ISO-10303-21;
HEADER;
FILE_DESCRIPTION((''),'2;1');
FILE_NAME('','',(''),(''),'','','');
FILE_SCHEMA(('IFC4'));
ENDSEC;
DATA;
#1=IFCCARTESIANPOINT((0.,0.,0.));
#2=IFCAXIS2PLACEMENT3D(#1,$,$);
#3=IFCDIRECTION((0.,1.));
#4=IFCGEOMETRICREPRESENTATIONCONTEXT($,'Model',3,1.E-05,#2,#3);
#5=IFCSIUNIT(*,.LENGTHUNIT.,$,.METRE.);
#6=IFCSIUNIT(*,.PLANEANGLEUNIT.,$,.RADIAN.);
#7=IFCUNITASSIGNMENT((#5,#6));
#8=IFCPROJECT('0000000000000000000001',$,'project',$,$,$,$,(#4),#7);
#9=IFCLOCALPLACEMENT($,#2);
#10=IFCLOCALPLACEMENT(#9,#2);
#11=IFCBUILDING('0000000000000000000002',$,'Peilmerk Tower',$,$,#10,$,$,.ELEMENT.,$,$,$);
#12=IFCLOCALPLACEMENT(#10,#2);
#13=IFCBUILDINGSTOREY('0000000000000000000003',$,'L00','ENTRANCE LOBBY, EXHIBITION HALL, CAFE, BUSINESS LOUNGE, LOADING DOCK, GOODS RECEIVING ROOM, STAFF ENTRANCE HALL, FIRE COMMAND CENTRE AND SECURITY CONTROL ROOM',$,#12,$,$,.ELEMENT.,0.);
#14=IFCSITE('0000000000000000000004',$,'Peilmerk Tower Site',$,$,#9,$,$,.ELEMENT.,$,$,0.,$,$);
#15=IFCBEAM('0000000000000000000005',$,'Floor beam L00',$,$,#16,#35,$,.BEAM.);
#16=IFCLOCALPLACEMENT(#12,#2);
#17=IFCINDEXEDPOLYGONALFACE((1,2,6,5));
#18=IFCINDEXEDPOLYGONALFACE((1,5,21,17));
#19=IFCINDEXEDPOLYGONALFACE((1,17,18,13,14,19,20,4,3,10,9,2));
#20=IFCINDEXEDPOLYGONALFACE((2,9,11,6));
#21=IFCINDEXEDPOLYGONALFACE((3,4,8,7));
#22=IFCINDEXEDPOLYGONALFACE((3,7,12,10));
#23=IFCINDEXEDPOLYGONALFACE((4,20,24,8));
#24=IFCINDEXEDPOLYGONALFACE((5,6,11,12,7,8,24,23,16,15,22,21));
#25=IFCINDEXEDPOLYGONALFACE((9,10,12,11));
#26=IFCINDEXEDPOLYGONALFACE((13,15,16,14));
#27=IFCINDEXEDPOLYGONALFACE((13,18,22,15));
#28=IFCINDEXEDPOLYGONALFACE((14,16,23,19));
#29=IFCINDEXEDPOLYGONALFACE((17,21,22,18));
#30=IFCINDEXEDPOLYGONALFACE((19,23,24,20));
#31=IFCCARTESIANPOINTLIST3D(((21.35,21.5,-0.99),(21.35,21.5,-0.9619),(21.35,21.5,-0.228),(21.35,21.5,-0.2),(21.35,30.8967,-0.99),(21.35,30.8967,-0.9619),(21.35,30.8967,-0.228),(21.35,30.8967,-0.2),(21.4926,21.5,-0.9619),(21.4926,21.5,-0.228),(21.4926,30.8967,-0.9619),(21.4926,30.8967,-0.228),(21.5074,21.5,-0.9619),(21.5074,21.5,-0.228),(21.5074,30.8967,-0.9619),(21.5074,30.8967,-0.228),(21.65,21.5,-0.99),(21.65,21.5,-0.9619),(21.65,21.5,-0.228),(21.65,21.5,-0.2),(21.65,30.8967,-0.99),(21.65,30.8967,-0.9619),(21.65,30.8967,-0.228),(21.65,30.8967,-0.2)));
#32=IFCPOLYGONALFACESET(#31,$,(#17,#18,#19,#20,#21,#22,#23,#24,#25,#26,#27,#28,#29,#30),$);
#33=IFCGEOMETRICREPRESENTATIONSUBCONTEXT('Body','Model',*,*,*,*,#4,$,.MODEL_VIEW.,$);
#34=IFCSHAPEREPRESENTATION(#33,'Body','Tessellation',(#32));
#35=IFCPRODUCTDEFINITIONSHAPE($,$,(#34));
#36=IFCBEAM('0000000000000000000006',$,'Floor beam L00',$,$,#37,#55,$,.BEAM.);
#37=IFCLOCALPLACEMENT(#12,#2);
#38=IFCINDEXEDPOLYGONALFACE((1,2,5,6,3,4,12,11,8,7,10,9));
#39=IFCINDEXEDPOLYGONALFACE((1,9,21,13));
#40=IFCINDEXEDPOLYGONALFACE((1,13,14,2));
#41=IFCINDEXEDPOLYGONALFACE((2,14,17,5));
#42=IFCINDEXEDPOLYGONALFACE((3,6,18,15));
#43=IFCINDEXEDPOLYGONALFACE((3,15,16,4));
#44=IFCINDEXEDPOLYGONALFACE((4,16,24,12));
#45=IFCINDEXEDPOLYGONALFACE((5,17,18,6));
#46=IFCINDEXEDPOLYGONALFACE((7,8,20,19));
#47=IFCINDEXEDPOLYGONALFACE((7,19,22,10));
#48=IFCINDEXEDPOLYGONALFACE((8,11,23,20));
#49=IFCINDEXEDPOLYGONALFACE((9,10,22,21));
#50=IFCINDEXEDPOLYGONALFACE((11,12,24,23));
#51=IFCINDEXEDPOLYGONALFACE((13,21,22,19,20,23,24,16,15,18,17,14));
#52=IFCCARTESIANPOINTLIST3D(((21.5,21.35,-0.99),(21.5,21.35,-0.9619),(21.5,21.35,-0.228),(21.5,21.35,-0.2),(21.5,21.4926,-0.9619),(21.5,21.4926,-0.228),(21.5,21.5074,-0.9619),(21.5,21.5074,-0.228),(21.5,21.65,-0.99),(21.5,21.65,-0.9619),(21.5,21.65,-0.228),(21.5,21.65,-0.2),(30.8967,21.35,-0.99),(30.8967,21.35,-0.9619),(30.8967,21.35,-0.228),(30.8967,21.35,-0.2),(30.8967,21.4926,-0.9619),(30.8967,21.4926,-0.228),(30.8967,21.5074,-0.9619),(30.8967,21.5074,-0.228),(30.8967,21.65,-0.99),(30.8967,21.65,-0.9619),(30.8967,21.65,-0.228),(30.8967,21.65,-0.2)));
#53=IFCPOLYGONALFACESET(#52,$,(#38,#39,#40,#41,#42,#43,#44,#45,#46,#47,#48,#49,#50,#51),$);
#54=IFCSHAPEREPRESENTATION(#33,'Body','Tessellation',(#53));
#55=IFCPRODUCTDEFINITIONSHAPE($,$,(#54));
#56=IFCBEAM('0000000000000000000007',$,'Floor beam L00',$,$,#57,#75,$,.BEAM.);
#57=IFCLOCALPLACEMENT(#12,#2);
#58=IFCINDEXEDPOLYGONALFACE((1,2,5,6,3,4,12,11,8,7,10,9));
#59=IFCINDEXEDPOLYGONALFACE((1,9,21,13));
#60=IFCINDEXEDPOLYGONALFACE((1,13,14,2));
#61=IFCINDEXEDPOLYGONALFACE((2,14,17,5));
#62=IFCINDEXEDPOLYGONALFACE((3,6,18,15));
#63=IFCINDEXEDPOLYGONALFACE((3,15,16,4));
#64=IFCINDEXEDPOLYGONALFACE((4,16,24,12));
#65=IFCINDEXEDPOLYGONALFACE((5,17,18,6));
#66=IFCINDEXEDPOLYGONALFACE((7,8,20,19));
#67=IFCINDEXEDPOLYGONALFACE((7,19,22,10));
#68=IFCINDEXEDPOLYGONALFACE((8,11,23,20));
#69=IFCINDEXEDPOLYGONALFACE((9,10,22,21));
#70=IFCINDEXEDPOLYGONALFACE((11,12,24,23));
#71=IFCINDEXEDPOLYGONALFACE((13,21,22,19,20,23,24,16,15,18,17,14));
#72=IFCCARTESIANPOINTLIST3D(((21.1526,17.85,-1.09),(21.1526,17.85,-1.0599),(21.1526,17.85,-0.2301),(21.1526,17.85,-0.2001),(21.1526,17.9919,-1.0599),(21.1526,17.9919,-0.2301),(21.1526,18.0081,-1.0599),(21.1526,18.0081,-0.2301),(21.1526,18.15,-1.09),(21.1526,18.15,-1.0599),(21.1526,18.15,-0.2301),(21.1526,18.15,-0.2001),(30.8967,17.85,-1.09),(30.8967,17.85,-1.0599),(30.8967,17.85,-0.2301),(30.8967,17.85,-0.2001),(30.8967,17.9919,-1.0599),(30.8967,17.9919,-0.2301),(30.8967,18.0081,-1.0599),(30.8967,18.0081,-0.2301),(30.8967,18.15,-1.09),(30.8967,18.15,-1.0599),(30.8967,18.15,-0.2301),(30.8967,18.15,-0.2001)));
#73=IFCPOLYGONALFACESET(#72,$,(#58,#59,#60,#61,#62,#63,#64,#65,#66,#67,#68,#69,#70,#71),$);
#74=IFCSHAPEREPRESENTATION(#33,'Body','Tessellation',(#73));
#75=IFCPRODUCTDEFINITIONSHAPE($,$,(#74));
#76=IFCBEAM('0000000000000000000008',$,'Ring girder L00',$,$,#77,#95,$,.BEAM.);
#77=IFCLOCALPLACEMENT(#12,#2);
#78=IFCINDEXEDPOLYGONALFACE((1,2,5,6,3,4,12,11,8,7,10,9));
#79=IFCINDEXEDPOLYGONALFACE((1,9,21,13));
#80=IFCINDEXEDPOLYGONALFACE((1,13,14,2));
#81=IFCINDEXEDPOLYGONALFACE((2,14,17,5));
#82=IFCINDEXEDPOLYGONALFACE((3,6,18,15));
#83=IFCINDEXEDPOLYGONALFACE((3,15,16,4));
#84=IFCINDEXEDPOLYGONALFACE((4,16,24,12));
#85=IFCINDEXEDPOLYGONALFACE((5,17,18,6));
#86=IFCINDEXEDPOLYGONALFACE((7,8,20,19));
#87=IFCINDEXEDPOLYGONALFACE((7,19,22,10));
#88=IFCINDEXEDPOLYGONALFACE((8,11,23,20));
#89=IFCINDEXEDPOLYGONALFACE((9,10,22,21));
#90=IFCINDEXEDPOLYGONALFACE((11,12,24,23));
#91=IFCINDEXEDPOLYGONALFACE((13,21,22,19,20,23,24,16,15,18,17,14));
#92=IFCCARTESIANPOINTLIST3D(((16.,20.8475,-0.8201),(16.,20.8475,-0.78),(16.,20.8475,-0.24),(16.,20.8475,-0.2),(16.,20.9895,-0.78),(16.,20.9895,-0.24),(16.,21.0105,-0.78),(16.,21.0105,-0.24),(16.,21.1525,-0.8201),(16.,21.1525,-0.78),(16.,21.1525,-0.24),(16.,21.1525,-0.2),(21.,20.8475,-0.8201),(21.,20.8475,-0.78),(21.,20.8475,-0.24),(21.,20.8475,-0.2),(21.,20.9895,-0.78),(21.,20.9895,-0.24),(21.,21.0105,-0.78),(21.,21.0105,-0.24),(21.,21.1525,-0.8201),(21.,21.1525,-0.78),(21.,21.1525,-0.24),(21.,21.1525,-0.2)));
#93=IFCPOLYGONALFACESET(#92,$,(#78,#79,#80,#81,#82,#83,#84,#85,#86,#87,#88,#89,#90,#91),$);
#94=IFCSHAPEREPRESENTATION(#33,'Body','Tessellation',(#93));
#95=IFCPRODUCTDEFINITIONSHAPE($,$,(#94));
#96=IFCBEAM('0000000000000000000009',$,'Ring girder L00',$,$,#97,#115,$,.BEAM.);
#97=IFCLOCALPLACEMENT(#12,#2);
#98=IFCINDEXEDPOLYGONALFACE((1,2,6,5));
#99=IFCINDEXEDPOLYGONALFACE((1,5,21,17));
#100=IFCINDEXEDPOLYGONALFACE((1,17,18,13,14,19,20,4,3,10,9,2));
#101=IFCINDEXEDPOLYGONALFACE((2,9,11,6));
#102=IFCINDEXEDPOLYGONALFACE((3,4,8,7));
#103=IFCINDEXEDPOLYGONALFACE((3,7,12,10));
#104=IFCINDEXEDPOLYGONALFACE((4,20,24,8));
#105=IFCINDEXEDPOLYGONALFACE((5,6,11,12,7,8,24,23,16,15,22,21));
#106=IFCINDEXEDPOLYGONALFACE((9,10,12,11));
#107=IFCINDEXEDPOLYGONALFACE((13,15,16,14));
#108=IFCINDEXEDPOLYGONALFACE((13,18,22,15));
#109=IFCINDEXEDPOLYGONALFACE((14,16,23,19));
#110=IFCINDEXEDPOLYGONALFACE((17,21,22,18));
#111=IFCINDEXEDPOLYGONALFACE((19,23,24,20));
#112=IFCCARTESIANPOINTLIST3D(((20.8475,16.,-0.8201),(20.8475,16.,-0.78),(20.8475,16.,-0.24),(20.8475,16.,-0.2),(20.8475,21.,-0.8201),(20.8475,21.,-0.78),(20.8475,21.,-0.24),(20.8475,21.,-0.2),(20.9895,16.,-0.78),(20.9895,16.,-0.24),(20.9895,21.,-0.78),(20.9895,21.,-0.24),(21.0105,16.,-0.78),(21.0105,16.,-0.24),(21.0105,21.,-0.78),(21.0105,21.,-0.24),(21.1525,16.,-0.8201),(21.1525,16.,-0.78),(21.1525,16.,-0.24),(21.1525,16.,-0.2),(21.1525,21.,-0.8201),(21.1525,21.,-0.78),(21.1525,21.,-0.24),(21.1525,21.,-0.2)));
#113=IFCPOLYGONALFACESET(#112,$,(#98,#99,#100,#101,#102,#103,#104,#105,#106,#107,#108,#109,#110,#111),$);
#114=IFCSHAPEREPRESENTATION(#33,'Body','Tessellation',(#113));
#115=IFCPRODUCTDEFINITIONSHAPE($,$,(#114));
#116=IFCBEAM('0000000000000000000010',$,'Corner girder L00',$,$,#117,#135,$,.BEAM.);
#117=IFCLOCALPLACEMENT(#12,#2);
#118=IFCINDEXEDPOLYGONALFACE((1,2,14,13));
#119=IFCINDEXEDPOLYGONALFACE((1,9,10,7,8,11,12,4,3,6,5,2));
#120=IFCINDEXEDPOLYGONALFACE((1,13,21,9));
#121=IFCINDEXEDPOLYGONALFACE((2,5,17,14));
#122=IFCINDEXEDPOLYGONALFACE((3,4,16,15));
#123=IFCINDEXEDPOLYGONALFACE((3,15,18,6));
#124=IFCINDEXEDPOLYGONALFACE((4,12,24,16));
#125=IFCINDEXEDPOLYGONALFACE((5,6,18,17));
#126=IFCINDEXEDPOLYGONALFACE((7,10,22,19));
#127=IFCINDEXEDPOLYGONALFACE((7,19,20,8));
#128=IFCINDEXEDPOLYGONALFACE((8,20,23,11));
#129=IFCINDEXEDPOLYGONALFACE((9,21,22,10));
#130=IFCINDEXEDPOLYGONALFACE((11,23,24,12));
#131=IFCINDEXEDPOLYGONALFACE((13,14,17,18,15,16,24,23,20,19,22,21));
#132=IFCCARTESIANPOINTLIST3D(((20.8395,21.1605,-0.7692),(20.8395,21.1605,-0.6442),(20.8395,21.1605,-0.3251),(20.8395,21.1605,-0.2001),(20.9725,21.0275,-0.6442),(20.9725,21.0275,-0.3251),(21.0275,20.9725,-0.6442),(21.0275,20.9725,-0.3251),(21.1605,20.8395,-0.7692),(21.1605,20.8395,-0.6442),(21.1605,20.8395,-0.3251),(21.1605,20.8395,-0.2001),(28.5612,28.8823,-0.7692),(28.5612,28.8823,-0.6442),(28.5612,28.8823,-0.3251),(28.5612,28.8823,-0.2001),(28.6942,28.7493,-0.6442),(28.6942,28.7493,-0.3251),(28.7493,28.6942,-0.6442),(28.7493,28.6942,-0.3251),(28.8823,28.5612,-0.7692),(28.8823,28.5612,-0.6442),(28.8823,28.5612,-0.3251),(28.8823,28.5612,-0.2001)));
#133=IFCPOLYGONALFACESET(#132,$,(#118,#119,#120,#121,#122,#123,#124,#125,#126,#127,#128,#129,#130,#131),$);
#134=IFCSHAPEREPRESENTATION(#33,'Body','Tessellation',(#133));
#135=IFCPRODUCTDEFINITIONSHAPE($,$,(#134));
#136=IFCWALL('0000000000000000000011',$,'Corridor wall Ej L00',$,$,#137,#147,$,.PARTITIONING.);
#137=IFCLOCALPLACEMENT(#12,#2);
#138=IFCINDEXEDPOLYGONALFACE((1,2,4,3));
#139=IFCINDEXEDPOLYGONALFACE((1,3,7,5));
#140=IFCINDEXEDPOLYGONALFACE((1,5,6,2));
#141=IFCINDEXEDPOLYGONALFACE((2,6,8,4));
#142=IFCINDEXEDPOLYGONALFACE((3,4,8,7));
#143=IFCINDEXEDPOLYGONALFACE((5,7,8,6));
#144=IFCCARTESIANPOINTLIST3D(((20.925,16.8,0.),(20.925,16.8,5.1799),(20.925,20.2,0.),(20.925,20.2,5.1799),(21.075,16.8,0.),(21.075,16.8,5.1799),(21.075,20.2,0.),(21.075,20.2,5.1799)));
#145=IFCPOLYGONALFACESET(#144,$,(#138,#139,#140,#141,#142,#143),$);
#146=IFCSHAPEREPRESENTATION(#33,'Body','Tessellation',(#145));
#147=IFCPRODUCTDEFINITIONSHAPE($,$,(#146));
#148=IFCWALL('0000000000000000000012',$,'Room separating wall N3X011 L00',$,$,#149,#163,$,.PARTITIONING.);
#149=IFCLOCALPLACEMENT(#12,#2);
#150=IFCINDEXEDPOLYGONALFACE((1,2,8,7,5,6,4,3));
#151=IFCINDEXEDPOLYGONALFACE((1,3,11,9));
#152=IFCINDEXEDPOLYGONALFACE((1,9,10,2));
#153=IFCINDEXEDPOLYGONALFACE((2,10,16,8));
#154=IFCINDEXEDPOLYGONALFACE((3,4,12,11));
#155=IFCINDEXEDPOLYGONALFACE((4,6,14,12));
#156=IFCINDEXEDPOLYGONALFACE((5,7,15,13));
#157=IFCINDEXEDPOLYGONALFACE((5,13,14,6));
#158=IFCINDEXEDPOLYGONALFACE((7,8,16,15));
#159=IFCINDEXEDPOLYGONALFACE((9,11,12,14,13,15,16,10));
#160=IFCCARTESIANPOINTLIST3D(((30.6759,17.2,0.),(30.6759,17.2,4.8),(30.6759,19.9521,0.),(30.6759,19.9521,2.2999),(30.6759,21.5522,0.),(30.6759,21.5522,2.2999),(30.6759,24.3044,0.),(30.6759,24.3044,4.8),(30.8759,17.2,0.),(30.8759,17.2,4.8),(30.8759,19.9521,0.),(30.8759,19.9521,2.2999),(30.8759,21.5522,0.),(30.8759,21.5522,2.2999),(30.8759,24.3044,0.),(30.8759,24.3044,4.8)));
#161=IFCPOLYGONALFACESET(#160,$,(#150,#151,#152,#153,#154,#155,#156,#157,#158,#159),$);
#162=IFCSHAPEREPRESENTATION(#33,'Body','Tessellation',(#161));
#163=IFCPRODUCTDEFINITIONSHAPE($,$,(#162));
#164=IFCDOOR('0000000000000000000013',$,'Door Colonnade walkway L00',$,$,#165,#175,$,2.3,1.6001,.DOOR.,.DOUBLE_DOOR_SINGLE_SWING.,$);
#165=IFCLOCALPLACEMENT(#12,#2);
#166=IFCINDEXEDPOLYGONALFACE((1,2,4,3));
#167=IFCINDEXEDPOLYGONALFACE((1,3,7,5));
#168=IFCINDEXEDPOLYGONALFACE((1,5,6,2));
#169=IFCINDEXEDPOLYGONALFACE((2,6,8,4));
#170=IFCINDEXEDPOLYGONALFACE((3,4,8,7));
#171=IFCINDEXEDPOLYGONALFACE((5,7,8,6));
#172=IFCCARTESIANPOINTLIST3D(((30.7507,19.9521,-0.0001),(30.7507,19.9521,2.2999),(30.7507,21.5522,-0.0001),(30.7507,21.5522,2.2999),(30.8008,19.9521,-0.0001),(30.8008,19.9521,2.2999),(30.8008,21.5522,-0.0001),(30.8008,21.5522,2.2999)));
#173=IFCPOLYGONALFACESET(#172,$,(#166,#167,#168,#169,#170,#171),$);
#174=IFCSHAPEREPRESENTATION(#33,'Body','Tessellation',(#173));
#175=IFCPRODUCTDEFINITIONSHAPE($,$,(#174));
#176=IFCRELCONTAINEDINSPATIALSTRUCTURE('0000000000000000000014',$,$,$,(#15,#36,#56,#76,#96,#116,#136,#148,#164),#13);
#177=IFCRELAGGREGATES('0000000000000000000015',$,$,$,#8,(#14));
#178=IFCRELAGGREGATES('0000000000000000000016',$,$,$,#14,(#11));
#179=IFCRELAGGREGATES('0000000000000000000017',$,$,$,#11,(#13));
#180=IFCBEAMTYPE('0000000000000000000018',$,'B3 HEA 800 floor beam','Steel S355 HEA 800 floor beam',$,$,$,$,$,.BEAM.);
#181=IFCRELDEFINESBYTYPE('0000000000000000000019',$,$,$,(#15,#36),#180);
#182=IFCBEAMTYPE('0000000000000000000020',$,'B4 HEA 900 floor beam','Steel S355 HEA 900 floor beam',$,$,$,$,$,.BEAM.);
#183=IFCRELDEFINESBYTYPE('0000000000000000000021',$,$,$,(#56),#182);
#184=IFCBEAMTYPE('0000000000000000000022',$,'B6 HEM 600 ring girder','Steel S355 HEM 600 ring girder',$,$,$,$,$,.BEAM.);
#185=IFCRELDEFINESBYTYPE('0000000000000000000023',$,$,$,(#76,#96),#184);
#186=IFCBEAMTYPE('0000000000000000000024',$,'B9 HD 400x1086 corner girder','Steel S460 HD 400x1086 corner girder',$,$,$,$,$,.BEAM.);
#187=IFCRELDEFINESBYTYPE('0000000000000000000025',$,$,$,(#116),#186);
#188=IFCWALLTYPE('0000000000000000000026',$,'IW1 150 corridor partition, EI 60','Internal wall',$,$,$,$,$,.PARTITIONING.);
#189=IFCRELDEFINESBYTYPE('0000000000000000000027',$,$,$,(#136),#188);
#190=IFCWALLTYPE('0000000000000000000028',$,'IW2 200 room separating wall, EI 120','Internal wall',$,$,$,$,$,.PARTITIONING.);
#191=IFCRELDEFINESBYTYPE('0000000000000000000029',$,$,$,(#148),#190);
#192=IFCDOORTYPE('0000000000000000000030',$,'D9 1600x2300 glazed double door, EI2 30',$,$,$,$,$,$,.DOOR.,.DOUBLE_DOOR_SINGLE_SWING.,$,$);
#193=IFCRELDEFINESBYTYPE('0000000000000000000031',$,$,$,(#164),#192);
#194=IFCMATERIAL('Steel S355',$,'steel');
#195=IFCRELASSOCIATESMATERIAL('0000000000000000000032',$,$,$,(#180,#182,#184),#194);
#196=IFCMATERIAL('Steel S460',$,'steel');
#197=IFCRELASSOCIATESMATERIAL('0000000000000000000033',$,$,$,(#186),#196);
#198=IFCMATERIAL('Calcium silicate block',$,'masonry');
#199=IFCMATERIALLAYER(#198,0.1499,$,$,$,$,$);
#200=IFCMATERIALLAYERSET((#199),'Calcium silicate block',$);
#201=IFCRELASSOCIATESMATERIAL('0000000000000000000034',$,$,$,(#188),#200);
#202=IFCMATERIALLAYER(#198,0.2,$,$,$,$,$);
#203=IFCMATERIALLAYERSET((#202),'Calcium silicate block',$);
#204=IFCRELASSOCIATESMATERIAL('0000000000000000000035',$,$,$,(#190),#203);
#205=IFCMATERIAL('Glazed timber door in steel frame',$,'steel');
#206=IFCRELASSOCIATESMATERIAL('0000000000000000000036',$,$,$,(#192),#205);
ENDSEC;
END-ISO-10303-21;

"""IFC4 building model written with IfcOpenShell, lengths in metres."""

from ifc_helpers import new_model, si_unit, direction, frame, frame_2d, origin, origin_2d, place, context, subcontext, project, spatial, rectangle, i_section, extrude, material, layer, layer_set, material_profile, profile_set, type_object, element, fill, save


model = new_model("IFC4")

# Units and contexts
model_context = context("Model", 3, precision=1e-05, world=origin(), true_north=direction((0.0, 1.0)))
body_context = subcontext(model_context, "Body", "Model", "MODEL_VIEW")
ifc_project = project(units=[si_unit("LENGTHUNIT", "METRE"), si_unit("PLANEANGLEUNIT", "RADIAN")], contexts=[model_context])

# Site, building, storey
site_placement = place(None, origin())
site = spatial("IfcSite", under=ifc_project, at=site_placement, Name="Peilmerk Tower Site", CompositionType="ELEMENT", RefElevation=0.0)
building_placement = place(site_placement, origin())
building = spatial("IfcBuilding", under=site, at=building_placement, Name="Peilmerk Tower", CompositionType="ELEMENT")
storey_placement = place(building_placement, origin())
storey = spatial("IfcBuildingStorey", under=building, at=storey_placement, Name="L00", Description="ENTRANCE LOBBY, EXHIBITION HALL, CAFE, BUSINESS LOUNGE, LOADING DOCK, GOODS RECEIVING ROOM, STAFF ENTRANCE HALL, FIRE COMMAND CENTRE AND SECURITY CONTROL ROOM", CompositionType="ELEMENT", Elevation=0.0)

# Beams
ifc_material_1 = material(Name="Steel S355", Category="steel")
ifc_material_profile_1 = material_profile(ifc_material_1, i_section(OverallWidth=0.3, OverallDepth=0.79, WebThickness=0.0149, FlangeThickness=0.0281, at=origin_2d()), Name="HEA 800")
ifc_profile_set_1 = profile_set([ifc_material_profile_1], Name="Steel S355")
beam_type_1 = type_object("IfcBeamType", Name="B3 HEA 800 floor beam", Description="Steel S355 HEA 800 floor beam", PredefinedType="BEAM", material=ifc_profile_set_1)
for number, where, z_axis, x_axis, name in (
    (1, (21.5, 21.5, -0.595), (0.0, 1.0, 0.0), (-1.0, 0.0, 0.0), "Floor beam L00"),
    (2, (21.5, 21.5, -0.595), (1.0, 0.0, 0.0), (0.0, 1.0, 0.0), "Floor beam L00"),
):
    element("IfcBeam", number, at=place(storey_placement, frame(where, z_axis=z_axis, x_axis=x_axis)), inside=storey, type_object=beam_type_1, Name=name, PredefinedType="BEAM", context=body_context, shape_type="SweptSolid", body=[
        extrude(i_section(OverallWidth=0.3, OverallDepth=0.79, WebThickness=0.0149, FlangeThickness=0.0281, at=origin_2d()), origin(), (0.0, 0.0, 1.0), 9.3967),
    ])
ifc_material_profile_2 = material_profile(ifc_material_1, i_section(OverallWidth=0.3, OverallDepth=0.8899, WebThickness=0.0161, FlangeThickness=0.03, at=origin_2d()), Name="HEA 900")
ifc_profile_set_2 = profile_set([ifc_material_profile_2], Name="Steel S355")
beam_type_2 = type_object("IfcBeamType", Name="B4 HEA 900 floor beam", Description="Steel S355 HEA 900 floor beam", PredefinedType="BEAM", material=ifc_profile_set_2)
beam_1_placement = place(storey_placement, frame((21.1526, 18.0, -0.645), z_axis=(1.0, 0.0, 0.0), x_axis=(0.0, 1.0, 0.0)))
element("IfcBeam", 3, at=beam_1_placement, inside=storey, type_object=beam_type_2, Name="Floor beam L00", PredefinedType="BEAM", context=body_context, shape_type="SweptSolid", body=[
    extrude(i_section(OverallWidth=0.3, OverallDepth=0.8899, WebThickness=0.0161, FlangeThickness=0.03, at=origin_2d()), origin(), (0.0, 0.0, 1.0), 9.7441),
])
ifc_material_profile_3 = material_profile(ifc_material_1, i_section(OverallWidth=0.3049, OverallDepth=0.6201, WebThickness=0.021, FlangeThickness=0.04, at=origin_2d()), Name="HEM 600")
ifc_profile_set_3 = profile_set([ifc_material_profile_3], Name="Steel S355")
beam_type_3 = type_object("IfcBeamType", Name="B6 HEM 600 ring girder", Description="Steel S355 HEM 600 ring girder", PredefinedType="BEAM", material=ifc_profile_set_3)
for number, where, z_axis, x_axis, name in (
    (4, (21.0, 21.0, -0.51), (-1.0, 0.0, 0.0), (0.0, -1.0, 0.0), "Ring girder L00"),
    (5, (21.0, 16.0, -0.51), (0.0, 1.0, 0.0), (-1.0, 0.0, 0.0), "Ring girder L00"),
):
    element("IfcBeam", number, at=place(storey_placement, frame(where, z_axis=z_axis, x_axis=x_axis)), inside=storey, type_object=beam_type_3, Name=name, PredefinedType="BEAM", context=body_context, shape_type="SweptSolid", body=[
        extrude(i_section(OverallWidth=0.3049, OverallDepth=0.6201, WebThickness=0.021, FlangeThickness=0.04, at=origin_2d()), origin(), (0.0, 0.0, 1.0), 5.0),
    ])
ifc_material_2 = material(Name="Steel S460", Category="steel")
ifc_material_profile_4 = material_profile(ifc_material_2, i_section(OverallWidth=0.4541, OverallDepth=0.5691, WebThickness=0.0779, FlangeThickness=0.125, at=origin_2d()), Name="HD 400x1086")
ifc_profile_set_4 = profile_set([ifc_material_profile_4], Name="Steel S460")
beam_type_4 = type_object("IfcBeamType", Name="B9 HD 400x1086 corner girder", Description="Steel S460 HD 400x1086 corner girder", PredefinedType="BEAM", material=ifc_profile_set_4)
beam_2_placement = place(storey_placement, frame((21.0, 21.0, -0.4846), z_axis=(0.707107, 0.707107, 0.0), x_axis=(-0.707107, 0.707107, 0.0)))
element("IfcBeam", 6, at=beam_2_placement, inside=storey, type_object=beam_type_4, Name="Corner girder L00", PredefinedType="BEAM", context=body_context, shape_type="SweptSolid", body=[
    extrude(i_section(OverallWidth=0.4541, OverallDepth=0.5691, WebThickness=0.0779, FlangeThickness=0.125, at=origin_2d()), origin(), (0.0, 0.0, 1.0), 10.9202),
])

# Wall
ifc_material_3 = material(Name="Calcium silicate block", Category="masonry")
ifc_layer_1 = layer(ifc_material_3, 0.1499)
ifc_layer_set_1 = layer_set([ifc_layer_1], Name="Calcium silicate block")
wall_type_1 = type_object("IfcWallType", Name="IW1 150 corridor partition, EI 60", Description="Internal wall", PredefinedType="PARTITIONING", material=ifc_layer_set_1)
wall_1_placement = place(storey_placement, frame((21.0, 16.8, 0.0), z_axis=(0.0, 0.0, 1.0), x_axis=(0.0, 1.0, 0.0)))
element("IfcWall", 7, at=wall_1_placement, inside=storey, type_object=wall_type_1, Name="Corridor wall Ej L00", PredefinedType="PARTITIONING", context=body_context, shape_type="SweptSolid", body=[
    extrude(rectangle(XDim=3.3999, YDim=0.1499, at=frame_2d((1.7, 0.0))), origin(), (0.0, 0.0, 1.0), 5.1799),
])

# Wall, opening, door
ifc_layer_2 = layer(ifc_material_3, 0.2)
ifc_layer_set_2 = layer_set([ifc_layer_2], Name="Calcium silicate block")
wall_type_2 = type_object("IfcWallType", Name="IW2 200 room separating wall, EI 120", Description="Internal wall", PredefinedType="PARTITIONING", material=ifc_layer_set_2)
wall_2_placement = place(storey_placement, frame((30.7759, 24.3044, 0.0), z_axis=(0.0, 0.0, 1.0), x_axis=(0.0, -1.0, 0.0)))
wall_2 = element("IfcWall", 8, at=wall_2_placement, inside=storey, type_object=wall_type_2, Name="Room separating wall N3X011 L00", PredefinedType="PARTITIONING", context=body_context, shape_type="SweptSolid", body=[
    extrude(rectangle(XDim=7.1045, YDim=0.2, at=frame_2d((3.5522, 0.0))), origin(), (0.0, 0.0, 1.0), 4.8),
])
opening_placement = place(wall_2_placement, frame((2.7522, 0.0, 0.0)))
opening = element("IfcOpeningElement", 9, at=opening_placement, cuts=wall_2, PredefinedType="OPENING", context=body_context, shape_type="SweptSolid", body=[
    extrude(rectangle(XDim=1.6001, YDim=2.3, at=frame_2d((0.8, 1.1499))), frame((0.0, 0.1099, 0.0), z_axis=(0.0, -1.0, 0.0), x_axis=(1.0, 0.0, 0.0)), (0.0, 0.0, 1.0), 0.22),
])
ifc_material_4 = material(Name="Glazed timber door in steel frame", Category="steel")
door_type = type_object("IfcDoorType", Name="D9 1600x2300 glazed double door, EI2 30", OperationType="DOUBLE_DOOR_SINGLE_SWING", PredefinedType="DOOR", material=ifc_material_4)
door_placement = place(opening_placement, origin())
door = element("IfcDoor", 10, at=door_placement, inside=storey, type_object=door_type, Name="Door Colonnade walkway L00", OperationType="DOUBLE_DOOR_SINGLE_SWING", OverallHeight=2.3, OverallWidth=1.6001, PredefinedType="DOOR", context=body_context, shape_type="SweptSolid", body=[
    extrude(rectangle(XDim=1.6001, YDim=2.3, at=frame_2d((0.8, 1.1499))), frame((0.0, 0.0249, 0.0), z_axis=(0.0, -1.0, 0.0), x_axis=(1.0, 0.0, 0.0)), (0.0, 0.0, 1.0), 0.05),
])
fill(opening, door)

save(model, "model.ifc")
